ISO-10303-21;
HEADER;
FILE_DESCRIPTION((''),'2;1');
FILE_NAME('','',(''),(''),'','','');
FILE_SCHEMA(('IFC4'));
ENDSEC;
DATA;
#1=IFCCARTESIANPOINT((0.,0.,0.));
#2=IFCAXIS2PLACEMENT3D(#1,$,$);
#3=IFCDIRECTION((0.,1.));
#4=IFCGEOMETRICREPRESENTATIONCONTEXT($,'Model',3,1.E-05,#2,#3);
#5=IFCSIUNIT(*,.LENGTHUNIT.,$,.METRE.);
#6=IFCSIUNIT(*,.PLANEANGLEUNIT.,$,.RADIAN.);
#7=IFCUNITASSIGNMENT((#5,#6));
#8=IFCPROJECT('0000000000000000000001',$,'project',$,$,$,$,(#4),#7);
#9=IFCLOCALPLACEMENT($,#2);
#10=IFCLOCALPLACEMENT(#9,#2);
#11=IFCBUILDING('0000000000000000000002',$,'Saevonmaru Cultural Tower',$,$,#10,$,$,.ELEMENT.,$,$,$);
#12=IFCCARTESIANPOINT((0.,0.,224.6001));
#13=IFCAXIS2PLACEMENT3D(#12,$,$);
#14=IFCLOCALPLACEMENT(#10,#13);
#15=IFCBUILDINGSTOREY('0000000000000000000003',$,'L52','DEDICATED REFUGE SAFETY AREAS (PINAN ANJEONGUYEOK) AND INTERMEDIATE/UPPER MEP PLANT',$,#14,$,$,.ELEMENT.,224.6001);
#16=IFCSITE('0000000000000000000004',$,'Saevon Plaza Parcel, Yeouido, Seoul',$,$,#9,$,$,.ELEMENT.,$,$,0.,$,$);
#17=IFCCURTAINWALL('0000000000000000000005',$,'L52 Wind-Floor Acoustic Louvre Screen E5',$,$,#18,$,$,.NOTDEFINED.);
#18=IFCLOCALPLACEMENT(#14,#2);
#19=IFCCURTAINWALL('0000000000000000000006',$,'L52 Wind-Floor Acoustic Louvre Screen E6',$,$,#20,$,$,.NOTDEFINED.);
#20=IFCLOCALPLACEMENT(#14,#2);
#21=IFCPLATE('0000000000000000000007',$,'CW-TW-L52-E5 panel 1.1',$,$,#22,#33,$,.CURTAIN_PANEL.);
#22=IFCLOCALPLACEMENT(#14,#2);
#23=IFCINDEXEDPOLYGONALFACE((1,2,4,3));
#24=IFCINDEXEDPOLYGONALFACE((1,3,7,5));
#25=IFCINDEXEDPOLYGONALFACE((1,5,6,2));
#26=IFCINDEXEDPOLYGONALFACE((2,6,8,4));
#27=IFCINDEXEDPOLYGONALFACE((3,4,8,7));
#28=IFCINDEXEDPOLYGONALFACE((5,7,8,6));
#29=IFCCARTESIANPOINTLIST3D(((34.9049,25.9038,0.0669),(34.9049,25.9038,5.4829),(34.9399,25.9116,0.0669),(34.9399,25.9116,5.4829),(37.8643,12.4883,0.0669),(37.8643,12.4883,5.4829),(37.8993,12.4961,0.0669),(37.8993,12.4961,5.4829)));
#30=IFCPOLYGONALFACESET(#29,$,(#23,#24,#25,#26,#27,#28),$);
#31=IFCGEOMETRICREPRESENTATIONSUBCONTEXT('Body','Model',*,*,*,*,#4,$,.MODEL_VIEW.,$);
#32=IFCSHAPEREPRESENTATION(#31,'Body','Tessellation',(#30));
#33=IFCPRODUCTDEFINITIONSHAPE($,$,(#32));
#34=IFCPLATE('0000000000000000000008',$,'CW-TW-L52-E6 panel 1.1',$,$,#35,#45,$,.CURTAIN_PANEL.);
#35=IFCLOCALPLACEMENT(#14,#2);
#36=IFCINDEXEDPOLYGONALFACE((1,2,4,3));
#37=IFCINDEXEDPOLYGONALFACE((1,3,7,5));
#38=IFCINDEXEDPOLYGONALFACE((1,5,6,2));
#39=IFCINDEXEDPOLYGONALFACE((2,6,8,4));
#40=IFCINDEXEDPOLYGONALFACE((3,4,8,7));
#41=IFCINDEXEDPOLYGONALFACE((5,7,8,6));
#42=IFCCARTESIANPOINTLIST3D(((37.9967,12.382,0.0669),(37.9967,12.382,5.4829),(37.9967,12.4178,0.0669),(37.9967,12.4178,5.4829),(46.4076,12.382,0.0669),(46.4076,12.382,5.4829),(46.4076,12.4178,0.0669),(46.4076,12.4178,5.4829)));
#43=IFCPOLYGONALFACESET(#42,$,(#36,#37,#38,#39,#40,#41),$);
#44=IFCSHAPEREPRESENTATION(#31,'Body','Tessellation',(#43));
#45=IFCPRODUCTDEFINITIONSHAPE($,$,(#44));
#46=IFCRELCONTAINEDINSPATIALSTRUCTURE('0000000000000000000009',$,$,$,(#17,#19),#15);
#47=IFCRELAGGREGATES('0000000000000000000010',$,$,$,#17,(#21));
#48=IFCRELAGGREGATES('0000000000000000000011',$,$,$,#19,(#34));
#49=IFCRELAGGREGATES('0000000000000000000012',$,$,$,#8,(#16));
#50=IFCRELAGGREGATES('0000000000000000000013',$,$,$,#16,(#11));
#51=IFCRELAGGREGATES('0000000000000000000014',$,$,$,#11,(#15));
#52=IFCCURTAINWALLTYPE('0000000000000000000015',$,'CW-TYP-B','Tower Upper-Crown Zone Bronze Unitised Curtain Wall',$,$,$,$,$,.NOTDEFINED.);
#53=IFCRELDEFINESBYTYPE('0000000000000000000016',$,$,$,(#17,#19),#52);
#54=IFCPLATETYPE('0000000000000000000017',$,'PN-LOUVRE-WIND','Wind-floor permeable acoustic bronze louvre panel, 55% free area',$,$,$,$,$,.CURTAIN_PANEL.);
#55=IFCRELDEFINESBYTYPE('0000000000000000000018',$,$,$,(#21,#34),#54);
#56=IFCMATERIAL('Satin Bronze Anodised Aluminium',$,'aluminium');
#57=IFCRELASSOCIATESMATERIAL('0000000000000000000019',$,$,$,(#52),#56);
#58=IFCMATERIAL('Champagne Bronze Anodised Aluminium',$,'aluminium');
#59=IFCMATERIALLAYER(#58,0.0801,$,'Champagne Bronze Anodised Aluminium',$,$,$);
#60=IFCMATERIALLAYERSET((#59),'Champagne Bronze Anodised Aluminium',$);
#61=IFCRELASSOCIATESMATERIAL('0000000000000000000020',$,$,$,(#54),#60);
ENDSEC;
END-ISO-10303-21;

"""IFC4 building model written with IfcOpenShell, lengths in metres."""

from ifc_helpers import new_model, si_unit, direction, frame, origin, origin_2d, place, context, subcontext, project, spatial, rectangle, extrude, material, layer, layer_set, type_object, element, aggregate, save


model = new_model("IFC4")

# Units and contexts
model_context = context("Model", 3, precision=1e-05, world=origin(), true_north=direction((0.0, 1.0)))
body_context = subcontext(model_context, "Body", "Model", "MODEL_VIEW")
ifc_project = project(units=[si_unit("LENGTHUNIT", "METRE"), si_unit("PLANEANGLEUNIT", "RADIAN")], contexts=[model_context])

# Site, building, storey
site_placement = place(None, origin())
site = spatial("IfcSite", under=ifc_project, at=site_placement, Name="Saevon Plaza Parcel, Yeouido, Seoul", CompositionType="ELEMENT", RefElevation=0.0)
building_placement = place(site_placement, origin())
building = spatial("IfcBuilding", under=site, at=building_placement, Name="Saevonmaru Cultural Tower", CompositionType="ELEMENT")
storey_placement = place(building_placement, frame((0.0, 0.0, 224.6001)))
storey = spatial("IfcBuildingStorey", under=building, at=storey_placement, Name="L52", Description="DEDICATED REFUGE SAFETY AREAS (PINAN ANJEONGUYEOK) AND INTERMEDIATE/UPPER MEP PLANT", CompositionType="ELEMENT", Elevation=224.6001)

# Curtain wall
ifc_material_1 = material(Name="Satin Bronze Anodised Aluminium", Category="aluminium")
curtain_wall_type = type_object("IfcCurtainWallType", Name="CW-TYP-B", Description="Tower Upper-Crown Zone Bronze Unitised Curtain Wall", PredefinedType="NOTDEFINED", material=ifc_material_1)
curtain_wall_1_placement = place(storey_placement, origin())
curtain_wall_1 = element("IfcCurtainWall", 1, at=curtain_wall_1_placement, inside=storey, type_object=curtain_wall_type, Name="L52 Wind-Floor Acoustic Louvre Screen E5", PredefinedType="NOTDEFINED")

# Curtain wall
curtain_wall_2_placement = place(storey_placement, origin())
curtain_wall_2 = element("IfcCurtainWall", 2, at=curtain_wall_2_placement, inside=storey, type_object=curtain_wall_type, Name="L52 Wind-Floor Acoustic Louvre Screen E6", PredefinedType="NOTDEFINED")

# Plates
ifc_material_2 = material(Name="Champagne Bronze Anodised Aluminium", Category="aluminium")
ifc_layer_1 = layer(ifc_material_2, 0.0801, Name="Champagne Bronze Anodised Aluminium")
ifc_layer_set_1 = layer_set([ifc_layer_1], Name="Champagne Bronze Anodised Aluminium")
plate_type_1 = type_object("IfcPlateType", Name="PN-LOUVRE-WIND", Description="Wind-floor permeable acoustic bronze louvre panel, 55% free area", PredefinedType="CURTAIN_PANEL", material=ifc_layer_set_1)
plate_1_placement = place(storey_placement, frame((36.4021, 19.2, 0.0669), z_axis=(0.0, 0.0, 1.0), x_axis=(0.215413, -0.976523, 0.0)))
plate_1 = element("IfcPlate", 3, at=plate_1_placement, type_object=plate_type_1, Name="CW-TW-L52-E5 panel 1.1", PredefinedType="CURTAIN_PANEL", context=body_context, shape_type="SweptSolid", body=[
    extrude(rectangle(XDim=13.738, YDim=0.0359, at=origin_2d()), origin(), (0.0, 0.0, 1.0), 5.416),
])
aggregate(curtain_wall_1, [plate_1])
plate_2_placement = place(storey_placement, frame((42.2021, 12.3999, 0.0669), z_axis=(0.0, 0.0, 1.0), x_axis=(1.0, 0.0, 0.0)))
plate_2 = element("IfcPlate", 4, at=plate_2_placement, type_object=plate_type_1, Name="CW-TW-L52-E6 panel 1.1", PredefinedType="CURTAIN_PANEL", context=body_context, shape_type="SweptSolid", body=[
    extrude(rectangle(XDim=8.4109, YDim=0.0359, at=origin_2d()), origin(), (0.0, 0.0, 1.0), 5.416),
])
aggregate(curtain_wall_2, [plate_2])

save(model, "model.ifc")
